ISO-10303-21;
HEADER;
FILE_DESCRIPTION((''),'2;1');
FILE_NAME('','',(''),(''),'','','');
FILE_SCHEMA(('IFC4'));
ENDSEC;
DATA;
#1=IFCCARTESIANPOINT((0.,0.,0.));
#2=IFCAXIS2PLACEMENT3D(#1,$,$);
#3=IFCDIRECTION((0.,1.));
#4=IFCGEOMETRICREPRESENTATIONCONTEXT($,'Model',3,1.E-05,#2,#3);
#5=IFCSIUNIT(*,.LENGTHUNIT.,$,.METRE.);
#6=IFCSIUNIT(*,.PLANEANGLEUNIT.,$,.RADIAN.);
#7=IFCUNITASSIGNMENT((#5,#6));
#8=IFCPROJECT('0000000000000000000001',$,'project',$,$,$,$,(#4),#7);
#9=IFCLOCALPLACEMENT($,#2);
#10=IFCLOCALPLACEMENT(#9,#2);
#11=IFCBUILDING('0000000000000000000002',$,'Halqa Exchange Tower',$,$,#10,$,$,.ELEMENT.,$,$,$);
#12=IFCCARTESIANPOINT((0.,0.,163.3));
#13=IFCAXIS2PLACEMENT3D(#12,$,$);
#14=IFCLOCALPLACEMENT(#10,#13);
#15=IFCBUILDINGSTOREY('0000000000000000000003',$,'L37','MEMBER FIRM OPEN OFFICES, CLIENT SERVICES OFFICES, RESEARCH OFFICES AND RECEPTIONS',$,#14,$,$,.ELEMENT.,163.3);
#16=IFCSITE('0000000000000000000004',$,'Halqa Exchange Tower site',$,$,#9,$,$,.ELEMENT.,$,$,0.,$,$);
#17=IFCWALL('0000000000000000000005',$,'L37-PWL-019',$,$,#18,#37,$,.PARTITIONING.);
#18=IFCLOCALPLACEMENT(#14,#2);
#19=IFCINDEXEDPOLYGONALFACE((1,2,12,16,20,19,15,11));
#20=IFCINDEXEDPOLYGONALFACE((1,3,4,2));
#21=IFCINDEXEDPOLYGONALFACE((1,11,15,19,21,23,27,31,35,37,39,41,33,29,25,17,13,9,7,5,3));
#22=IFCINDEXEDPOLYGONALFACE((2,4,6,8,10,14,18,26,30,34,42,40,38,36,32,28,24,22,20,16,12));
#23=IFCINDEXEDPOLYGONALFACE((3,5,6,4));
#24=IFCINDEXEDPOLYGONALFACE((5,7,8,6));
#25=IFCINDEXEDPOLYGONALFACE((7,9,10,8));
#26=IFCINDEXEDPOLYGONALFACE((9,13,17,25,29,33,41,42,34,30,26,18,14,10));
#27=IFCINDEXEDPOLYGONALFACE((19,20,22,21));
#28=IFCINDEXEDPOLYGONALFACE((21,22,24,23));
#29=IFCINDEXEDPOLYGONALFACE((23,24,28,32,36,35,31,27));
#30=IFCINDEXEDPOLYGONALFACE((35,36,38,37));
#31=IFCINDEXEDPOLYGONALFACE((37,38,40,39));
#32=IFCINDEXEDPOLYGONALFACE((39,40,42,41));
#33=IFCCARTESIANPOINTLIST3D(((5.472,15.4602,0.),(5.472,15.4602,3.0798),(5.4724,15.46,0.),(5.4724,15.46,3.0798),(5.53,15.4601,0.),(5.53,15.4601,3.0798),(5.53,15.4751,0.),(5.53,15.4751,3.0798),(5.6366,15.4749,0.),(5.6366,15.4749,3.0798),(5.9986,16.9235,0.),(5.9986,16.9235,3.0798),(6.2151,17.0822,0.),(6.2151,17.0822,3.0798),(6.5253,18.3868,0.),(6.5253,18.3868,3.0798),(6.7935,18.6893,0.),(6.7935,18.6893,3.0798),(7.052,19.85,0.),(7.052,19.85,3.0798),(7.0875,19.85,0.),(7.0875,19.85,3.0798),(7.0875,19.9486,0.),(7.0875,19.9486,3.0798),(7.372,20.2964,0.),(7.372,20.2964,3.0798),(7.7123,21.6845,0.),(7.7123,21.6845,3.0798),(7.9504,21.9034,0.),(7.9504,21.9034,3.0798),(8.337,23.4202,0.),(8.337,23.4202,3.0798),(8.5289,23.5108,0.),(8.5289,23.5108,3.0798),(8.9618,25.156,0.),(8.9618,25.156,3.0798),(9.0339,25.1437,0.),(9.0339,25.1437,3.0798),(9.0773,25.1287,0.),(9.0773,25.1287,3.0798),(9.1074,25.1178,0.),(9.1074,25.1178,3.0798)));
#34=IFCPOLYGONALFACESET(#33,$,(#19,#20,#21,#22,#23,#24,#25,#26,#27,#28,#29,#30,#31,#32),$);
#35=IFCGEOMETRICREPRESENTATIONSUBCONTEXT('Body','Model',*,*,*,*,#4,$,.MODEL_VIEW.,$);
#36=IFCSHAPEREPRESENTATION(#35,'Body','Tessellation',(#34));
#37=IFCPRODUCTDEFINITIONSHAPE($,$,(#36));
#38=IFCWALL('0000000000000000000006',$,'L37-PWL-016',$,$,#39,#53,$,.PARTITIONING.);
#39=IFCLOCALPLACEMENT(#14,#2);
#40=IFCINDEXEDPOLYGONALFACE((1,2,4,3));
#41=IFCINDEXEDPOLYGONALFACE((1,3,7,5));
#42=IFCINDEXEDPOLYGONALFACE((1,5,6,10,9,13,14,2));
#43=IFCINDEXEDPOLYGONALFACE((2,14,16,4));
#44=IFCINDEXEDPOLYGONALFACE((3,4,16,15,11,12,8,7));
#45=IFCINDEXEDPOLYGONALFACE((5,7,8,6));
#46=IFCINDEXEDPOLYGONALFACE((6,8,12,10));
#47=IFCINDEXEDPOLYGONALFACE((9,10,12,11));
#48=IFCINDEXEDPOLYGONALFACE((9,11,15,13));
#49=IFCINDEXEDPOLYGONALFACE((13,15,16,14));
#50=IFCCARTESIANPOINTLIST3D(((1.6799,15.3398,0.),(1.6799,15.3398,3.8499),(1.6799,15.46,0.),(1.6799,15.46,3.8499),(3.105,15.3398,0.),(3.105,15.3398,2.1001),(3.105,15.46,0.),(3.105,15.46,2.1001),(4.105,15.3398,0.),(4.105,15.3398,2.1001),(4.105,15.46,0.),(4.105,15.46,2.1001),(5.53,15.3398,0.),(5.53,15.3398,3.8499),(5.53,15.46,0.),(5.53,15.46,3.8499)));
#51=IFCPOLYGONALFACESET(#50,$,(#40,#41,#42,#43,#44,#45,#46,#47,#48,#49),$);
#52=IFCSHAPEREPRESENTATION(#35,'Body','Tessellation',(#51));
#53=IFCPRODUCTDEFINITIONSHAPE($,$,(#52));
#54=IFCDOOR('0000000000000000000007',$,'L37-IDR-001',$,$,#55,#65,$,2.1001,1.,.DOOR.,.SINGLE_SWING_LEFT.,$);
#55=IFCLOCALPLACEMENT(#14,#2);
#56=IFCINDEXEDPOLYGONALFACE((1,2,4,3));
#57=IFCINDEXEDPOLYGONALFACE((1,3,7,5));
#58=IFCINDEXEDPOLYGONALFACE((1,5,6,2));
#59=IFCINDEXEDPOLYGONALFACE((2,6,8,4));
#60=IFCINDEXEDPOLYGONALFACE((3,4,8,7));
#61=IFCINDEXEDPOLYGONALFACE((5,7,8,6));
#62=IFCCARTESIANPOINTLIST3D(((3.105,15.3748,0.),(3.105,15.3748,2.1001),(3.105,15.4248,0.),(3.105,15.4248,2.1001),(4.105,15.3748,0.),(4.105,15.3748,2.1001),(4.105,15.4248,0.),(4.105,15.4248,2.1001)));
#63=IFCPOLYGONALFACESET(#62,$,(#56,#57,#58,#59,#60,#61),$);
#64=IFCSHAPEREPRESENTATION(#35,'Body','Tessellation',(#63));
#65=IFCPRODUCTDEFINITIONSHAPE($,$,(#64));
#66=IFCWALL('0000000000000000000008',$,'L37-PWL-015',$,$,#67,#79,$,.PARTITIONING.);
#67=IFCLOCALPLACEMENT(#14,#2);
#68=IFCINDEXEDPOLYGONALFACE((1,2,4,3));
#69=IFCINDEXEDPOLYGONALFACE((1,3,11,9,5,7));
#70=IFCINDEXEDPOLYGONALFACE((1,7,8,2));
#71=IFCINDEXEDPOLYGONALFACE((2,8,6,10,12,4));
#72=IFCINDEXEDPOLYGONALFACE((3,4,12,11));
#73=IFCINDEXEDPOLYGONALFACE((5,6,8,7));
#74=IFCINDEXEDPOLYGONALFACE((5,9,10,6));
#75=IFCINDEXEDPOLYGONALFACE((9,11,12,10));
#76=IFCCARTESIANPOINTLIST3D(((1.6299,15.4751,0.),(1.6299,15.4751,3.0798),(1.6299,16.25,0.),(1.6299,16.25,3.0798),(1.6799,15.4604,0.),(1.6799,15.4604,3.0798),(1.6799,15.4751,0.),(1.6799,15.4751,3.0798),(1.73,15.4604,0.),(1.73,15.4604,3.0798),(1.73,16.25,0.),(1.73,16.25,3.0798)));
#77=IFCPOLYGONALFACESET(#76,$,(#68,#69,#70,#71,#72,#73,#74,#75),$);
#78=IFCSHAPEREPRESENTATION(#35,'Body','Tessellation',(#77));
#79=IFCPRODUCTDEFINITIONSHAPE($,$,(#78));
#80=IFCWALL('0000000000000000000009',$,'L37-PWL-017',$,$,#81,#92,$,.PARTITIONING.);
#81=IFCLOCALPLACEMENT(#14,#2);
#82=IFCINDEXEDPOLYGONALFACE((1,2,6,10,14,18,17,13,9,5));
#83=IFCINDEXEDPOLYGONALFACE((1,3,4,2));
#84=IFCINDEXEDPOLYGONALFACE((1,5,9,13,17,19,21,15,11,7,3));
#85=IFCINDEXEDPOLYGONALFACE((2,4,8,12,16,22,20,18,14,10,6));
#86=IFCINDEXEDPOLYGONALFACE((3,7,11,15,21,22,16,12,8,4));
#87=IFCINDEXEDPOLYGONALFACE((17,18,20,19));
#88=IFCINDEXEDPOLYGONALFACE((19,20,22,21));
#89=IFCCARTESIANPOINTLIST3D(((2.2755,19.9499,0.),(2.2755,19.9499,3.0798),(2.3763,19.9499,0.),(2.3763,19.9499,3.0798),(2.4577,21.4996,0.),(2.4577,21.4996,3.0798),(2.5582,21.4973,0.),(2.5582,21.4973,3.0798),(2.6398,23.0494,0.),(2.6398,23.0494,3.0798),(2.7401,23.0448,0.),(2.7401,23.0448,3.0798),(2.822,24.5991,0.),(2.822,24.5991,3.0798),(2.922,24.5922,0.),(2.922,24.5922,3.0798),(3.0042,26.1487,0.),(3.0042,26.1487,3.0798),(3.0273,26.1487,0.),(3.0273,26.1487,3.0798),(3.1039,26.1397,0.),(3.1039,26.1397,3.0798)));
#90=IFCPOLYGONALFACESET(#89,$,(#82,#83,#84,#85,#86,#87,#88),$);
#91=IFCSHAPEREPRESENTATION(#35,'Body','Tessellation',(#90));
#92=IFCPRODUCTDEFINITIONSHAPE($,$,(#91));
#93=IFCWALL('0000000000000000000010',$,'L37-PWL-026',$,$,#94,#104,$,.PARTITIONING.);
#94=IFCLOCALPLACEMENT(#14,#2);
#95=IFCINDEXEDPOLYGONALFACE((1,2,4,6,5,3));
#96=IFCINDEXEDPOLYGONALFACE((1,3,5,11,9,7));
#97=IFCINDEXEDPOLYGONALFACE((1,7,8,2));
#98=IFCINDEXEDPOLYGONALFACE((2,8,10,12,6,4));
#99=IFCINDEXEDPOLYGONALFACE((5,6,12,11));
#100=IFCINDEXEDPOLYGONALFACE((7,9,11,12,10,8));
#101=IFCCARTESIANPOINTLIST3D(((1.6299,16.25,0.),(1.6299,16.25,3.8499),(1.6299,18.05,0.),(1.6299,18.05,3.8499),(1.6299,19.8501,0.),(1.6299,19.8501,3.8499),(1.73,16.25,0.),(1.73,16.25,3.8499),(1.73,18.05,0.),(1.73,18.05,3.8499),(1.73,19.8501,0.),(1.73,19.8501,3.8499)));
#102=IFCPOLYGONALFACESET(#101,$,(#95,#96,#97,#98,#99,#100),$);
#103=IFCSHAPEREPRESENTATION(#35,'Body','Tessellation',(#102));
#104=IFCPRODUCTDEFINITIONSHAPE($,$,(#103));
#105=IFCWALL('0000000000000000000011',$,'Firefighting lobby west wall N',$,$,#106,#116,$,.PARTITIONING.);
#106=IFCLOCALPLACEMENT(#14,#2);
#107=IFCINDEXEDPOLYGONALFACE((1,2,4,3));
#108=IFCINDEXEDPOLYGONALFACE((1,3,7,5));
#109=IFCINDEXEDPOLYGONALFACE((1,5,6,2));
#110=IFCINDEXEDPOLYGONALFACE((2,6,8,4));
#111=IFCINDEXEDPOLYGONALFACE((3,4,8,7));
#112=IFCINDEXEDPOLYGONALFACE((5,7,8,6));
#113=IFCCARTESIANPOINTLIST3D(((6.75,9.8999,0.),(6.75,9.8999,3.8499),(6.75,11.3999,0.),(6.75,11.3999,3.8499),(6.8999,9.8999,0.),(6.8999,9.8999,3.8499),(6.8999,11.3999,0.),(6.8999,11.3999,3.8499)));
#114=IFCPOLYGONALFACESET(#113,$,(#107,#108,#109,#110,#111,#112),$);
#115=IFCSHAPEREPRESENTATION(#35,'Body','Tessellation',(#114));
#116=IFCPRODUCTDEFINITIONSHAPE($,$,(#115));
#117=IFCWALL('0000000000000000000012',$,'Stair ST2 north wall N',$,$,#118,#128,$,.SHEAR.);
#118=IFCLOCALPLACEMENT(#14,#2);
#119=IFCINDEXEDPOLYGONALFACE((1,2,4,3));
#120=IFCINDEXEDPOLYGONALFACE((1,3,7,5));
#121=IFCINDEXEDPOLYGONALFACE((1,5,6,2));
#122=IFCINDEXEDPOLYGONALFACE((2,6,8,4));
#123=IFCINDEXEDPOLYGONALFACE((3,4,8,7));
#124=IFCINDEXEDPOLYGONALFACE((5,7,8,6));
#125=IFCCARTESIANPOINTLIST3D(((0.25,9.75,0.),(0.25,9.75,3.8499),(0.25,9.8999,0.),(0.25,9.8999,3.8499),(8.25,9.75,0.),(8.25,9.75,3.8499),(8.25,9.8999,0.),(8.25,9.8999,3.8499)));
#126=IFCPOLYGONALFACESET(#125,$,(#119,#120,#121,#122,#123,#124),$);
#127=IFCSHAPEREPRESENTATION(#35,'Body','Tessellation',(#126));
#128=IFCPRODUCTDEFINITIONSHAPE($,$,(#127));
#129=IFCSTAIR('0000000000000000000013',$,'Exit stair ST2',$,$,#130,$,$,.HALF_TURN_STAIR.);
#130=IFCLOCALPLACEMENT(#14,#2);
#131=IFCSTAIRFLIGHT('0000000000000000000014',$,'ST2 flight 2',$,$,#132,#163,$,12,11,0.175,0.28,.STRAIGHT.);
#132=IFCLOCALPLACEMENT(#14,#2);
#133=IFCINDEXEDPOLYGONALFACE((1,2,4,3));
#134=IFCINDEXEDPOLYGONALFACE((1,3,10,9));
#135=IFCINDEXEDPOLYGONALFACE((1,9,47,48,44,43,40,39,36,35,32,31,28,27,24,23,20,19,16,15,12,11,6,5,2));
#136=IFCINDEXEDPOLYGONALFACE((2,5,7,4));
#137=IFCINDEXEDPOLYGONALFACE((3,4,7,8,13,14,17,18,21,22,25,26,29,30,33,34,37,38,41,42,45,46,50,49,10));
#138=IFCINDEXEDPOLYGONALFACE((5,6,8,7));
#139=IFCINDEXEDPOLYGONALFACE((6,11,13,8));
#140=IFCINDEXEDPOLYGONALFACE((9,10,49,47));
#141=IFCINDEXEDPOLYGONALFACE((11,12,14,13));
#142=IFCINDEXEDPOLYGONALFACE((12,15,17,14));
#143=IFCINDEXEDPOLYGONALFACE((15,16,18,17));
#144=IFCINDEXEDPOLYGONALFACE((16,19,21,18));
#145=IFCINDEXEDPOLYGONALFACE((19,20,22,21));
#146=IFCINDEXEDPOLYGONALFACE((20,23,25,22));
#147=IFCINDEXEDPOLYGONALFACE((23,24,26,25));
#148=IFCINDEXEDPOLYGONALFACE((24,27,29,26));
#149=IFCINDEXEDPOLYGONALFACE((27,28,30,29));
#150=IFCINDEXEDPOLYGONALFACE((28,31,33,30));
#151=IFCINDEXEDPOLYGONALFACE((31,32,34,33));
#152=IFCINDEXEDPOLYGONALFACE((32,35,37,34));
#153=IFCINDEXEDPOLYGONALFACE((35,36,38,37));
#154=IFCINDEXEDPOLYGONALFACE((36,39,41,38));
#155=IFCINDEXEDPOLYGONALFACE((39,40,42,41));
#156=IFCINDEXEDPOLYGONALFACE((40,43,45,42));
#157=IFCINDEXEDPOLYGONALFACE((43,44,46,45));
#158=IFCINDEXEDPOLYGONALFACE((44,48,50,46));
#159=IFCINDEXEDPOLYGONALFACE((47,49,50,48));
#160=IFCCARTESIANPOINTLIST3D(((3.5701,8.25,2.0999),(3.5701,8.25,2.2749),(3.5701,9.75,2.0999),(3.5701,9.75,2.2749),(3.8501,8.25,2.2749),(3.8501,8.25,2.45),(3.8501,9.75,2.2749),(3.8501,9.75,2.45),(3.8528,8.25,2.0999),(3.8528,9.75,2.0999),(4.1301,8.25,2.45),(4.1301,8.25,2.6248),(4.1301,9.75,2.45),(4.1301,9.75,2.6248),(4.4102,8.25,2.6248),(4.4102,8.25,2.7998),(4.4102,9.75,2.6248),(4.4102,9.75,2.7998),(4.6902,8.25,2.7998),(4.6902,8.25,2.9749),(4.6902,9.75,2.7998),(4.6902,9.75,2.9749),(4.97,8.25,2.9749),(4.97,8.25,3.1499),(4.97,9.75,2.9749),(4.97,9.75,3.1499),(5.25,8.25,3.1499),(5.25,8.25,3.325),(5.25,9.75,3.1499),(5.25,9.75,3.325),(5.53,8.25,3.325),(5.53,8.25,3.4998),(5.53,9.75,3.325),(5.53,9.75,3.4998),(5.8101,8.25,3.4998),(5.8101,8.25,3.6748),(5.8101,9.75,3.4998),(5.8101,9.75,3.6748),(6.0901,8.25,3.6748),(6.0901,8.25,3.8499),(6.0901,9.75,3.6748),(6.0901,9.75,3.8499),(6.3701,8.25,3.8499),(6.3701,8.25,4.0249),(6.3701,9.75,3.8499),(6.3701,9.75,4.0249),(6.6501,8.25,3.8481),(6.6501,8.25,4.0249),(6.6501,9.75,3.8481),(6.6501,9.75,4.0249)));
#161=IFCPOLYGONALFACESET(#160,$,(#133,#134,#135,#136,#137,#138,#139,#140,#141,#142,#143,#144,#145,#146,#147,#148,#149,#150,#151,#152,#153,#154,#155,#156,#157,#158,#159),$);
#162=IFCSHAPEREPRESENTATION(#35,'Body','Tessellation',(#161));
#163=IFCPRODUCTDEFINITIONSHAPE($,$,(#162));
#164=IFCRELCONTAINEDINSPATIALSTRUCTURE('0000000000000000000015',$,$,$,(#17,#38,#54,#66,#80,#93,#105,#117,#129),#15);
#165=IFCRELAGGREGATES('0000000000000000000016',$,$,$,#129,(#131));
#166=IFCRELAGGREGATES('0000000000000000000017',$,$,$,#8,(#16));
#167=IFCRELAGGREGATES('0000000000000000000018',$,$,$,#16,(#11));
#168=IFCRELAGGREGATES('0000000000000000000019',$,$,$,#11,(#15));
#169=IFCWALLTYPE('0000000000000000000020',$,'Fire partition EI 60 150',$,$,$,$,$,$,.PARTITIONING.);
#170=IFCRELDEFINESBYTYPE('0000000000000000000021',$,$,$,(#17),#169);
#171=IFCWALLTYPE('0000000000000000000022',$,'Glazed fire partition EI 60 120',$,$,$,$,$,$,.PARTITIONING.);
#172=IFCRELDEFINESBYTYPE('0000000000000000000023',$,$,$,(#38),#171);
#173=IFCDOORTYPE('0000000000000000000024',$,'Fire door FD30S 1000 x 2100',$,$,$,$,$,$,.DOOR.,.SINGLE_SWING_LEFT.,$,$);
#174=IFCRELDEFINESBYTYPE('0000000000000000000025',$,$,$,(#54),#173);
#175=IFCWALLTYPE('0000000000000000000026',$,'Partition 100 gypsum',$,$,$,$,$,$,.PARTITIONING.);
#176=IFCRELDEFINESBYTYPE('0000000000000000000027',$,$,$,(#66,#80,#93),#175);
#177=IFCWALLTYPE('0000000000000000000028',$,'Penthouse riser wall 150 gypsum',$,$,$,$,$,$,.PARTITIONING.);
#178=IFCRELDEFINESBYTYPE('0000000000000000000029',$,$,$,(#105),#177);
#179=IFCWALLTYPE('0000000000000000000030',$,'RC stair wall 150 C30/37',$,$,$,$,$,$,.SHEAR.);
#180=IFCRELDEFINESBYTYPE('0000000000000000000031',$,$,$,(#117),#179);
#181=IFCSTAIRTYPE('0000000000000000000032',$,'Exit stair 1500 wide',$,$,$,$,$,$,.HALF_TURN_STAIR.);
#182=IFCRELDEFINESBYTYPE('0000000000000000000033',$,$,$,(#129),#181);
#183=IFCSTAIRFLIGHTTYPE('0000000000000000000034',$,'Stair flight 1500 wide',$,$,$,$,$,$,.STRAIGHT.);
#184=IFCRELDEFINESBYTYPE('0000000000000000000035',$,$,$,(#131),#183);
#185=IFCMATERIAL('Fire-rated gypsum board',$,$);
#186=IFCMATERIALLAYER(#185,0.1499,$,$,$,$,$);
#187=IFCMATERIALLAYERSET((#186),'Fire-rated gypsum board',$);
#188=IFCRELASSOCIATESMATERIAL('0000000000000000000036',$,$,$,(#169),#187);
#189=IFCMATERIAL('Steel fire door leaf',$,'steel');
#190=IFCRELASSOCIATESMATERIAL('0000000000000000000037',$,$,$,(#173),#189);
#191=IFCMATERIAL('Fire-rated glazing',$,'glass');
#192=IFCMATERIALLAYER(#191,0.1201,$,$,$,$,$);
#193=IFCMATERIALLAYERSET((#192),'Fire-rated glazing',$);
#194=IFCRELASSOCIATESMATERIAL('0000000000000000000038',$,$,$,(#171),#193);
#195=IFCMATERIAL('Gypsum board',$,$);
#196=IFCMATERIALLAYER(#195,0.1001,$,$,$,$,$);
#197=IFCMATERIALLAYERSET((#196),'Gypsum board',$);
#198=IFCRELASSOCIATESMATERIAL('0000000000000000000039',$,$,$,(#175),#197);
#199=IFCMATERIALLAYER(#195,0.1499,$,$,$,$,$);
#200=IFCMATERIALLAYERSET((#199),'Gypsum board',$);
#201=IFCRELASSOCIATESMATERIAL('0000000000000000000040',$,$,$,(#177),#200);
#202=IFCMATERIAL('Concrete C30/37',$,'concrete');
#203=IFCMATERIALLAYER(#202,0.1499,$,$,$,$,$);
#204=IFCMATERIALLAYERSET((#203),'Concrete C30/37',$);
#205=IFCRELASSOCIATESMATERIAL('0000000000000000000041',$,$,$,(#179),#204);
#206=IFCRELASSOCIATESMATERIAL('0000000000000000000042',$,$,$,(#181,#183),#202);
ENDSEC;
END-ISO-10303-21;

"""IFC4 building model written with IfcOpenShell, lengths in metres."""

from ifc_helpers import new_model, si_unit, direction, frame, frame_2d, origin, place, context, subcontext, project, spatial, polyline, rectangle, outline, extrude, material, layer, layer_set, type_object, element, fill, aggregate, save


model = new_model("IFC4")

# Units and contexts
model_context = context("Model", 3, precision=1e-05, world=origin(), true_north=direction((0.0, 1.0)))
body_context = subcontext(model_context, "Body", "Model", "MODEL_VIEW")
ifc_project = project(units=[si_unit("LENGTHUNIT", "METRE"), si_unit("PLANEANGLEUNIT", "RADIAN")], contexts=[model_context])

# Site, building, storey
site_placement = place(None, origin())
site = spatial("IfcSite", under=ifc_project, at=site_placement, Name="Halqa Exchange Tower site", CompositionType="ELEMENT", RefElevation=0.0)
building_placement = place(site_placement, origin())
building = spatial("IfcBuilding", under=site, at=building_placement, Name="Halqa Exchange Tower", CompositionType="ELEMENT")
storey_placement = place(building_placement, frame((0.0, 0.0, 163.3)))
storey = spatial("IfcBuildingStorey", under=building, at=storey_placement, Name="L37", Description="MEMBER FIRM OPEN OFFICES, CLIENT SERVICES OFFICES, RESEARCH OFFICES AND RECEPTIONS", CompositionType="ELEMENT", Elevation=163.3)

# Wall
ifc_material_1 = material(Name="Fire-rated gypsum board")
ifc_layer_1 = layer(ifc_material_1, 0.1499)
ifc_layer_set_1 = layer_set([ifc_layer_1], Name="Fire-rated gypsum board")
wall_type_1 = type_object("IfcWallType", Name="Fire partition EI 60 150", PredefinedType="PARTITIONING", material=ifc_layer_set_1)
wall_1_placement = place(storey_placement, frame((5.5425, 15.4348, 0.0), z_axis=(0.0, 0.0, 1.0), x_axis=(0.338662, 0.940908, 0.0)))
element("IfcWall", 1, at=wall_1_placement, inside=storey, type_object=wall_type_1, Name="L37-PWL-019", PredefinedType="PARTITIONING", context=body_context, shape_type="SweptSolid", body=[
    extrude(outline(polyline([(10.3181, -0.075), (10.3181, -0.043), (10.3176, 0.0029), (10.3047, 0.075), (8.46, 0.075), (6.6152, 0.075), (4.7703, 0.075), (4.6775, 0.0415), (4.6655, 0.075), (3.1104, 0.075), (1.5552, 0.075), (0.0, 0.075), (0.0, 0.0745), (0.0195, 0.0203), (0.0337, 0.0254), (0.0696, -0.075), (1.7778, -0.075), (3.4858, -0.075), (5.1938, -0.075), (6.9019, -0.075), (8.6101, -0.075), (10.3181, -0.075)])), origin(), (0.0, 0.0, 1.0), 3.0798),
])

# Wall, opening, door
ifc_material_2 = material(Name="Steel fire door leaf", Category="steel")
door_type_1 = type_object("IfcDoorType", Name="Fire door FD30S 1000 x 2100", OperationType="SINGLE_SWING_LEFT", PredefinedType="DOOR", material=ifc_material_2)
ifc_material_3 = material(Name="Fire-rated glazing", Category="glass")
ifc_layer_2 = layer(ifc_material_3, 0.1201)
ifc_layer_set_2 = layer_set([ifc_layer_2], Name="Fire-rated glazing")
wall_type_2 = type_object("IfcWallType", Name="Glazed fire partition EI 60 120", PredefinedType="PARTITIONING", material=ifc_layer_set_2)
wall_2_placement = place(storey_placement, frame((1.6799, 15.3999, 0.0), z_axis=(0.0, 0.0, 1.0), x_axis=(1.0, 0.0, 0.0)))
wall_2 = element("IfcWall", 2, at=wall_2_placement, inside=storey, type_object=wall_type_2, Name="L37-PWL-016", PredefinedType="PARTITIONING", context=body_context, shape_type="SweptSolid", body=[
    extrude(rectangle(XDim=3.8501, YDim=0.1201, at=frame_2d((1.925, 0.0))), origin(), (0.0, 0.0, 1.0), 3.8499),
])
opening_1_placement = place(wall_2_placement, frame((1.425, 0.0, 0.0)))
opening_1 = element("IfcOpeningElement", 3, at=opening_1_placement, cuts=wall_2, PredefinedType="OPENING", context=body_context, shape_type="SweptSolid", body=[
    extrude(rectangle(XDim=1.0, YDim=2.1001, at=frame_2d((0.5, 1.05))), frame((0.0, 0.072, 0.0), z_axis=(0.0, -1.0, 0.0), x_axis=(1.0, 0.0, 0.0)), (0.0, 0.0, 1.0), 0.144),
])
door_1_placement = place(opening_1_placement, origin())
door_1 = element("IfcDoor", 4, at=door_1_placement, inside=storey, type_object=door_type_1, Name="L37-IDR-001", OperationType="SINGLE_SWING_LEFT", OverallHeight=2.1001, OverallWidth=1.0, PredefinedType="DOOR", context=body_context, shape_type="SweptSolid", body=[
    extrude(rectangle(XDim=1.0, YDim=2.1001, at=frame_2d((0.5, 1.05))), frame((0.0, 0.0249, 0.0), z_axis=(0.0, -1.0, 0.0), x_axis=(1.0, 0.0, 0.0)), (0.0, 0.0, 1.0), 0.05),
])
fill(opening_1, door_1)

# Walls
ifc_material_4 = material(Name="Gypsum board")
ifc_layer_3 = layer(ifc_material_4, 0.1001)
ifc_layer_set_3 = layer_set([ifc_layer_3], Name="Gypsum board")
wall_type_3 = type_object("IfcWallType", Name="Partition 100 gypsum", PredefinedType="PARTITIONING", material=ifc_layer_set_3)
wall_3_placement = place(storey_placement, frame((1.6799, 15.4604, 0.0), z_axis=(0.0, 0.0, 1.0), x_axis=(0.0, 1.0, 0.0)))
element("IfcWall", 5, at=wall_3_placement, inside=storey, type_object=wall_type_3, Name="L37-PWL-015", PredefinedType="PARTITIONING", context=body_context, shape_type="SweptSolid", body=[
    extrude(outline(polyline([(0.7896, 0.05), (0.0146, 0.05), (0.0146, 0.0), (0.0, 0.0), (0.0, -0.05), (0.7896, -0.05), (0.7896, 0.05)])), origin(), (0.0, 0.0, 1.0), 3.0798),
])
wall_4_placement = place(storey_placement, frame((2.3252, 19.9441, 0.0), z_axis=(0.0, 0.0, 1.0), x_axis=(0.116751, 0.993161, 0.0)))
element("IfcWall", 6, at=wall_4_placement, inside=storey, type_object=wall_type_3, Name="L37-PWL-017", PredefinedType="PARTITIONING", context=body_context, shape_type="SweptSolid", body=[
    extrude(outline(polyline([(6.2441, -0.05), (6.2441, 0.0271), (6.2415, 0.05), (4.6812, 0.05), (3.1208, 0.05), (1.5603, 0.05), (0.0, 0.05), (0.0117, -0.05), (1.5698, -0.05), (3.1279, -0.05), (4.686, -0.05), (6.2441, -0.05)])), origin(), (0.0, 0.0, 1.0), 3.0798),
])
wall_5_placement = place(storey_placement, frame((1.6799, 16.25, 0.0), z_axis=(0.0, 0.0, 1.0), x_axis=(0.0, 1.0, 0.0)))
element("IfcWall", 7, at=wall_5_placement, inside=storey, type_object=wall_type_3, Name="L37-PWL-026", PredefinedType="PARTITIONING", context=body_context, shape_type="SweptSolid", body=[
    extrude(outline(polyline([(0.0, -0.05), (1.8, -0.05), (3.6001, -0.05), (3.6001, 0.05), (1.8, 0.05), (0.0, 0.05), (0.0, -0.05)])), origin(), (0.0, 0.0, 1.0), 3.8499),
])
ifc_layer_4 = layer(ifc_material_4, 0.1499)
ifc_layer_set_4 = layer_set([ifc_layer_4], Name="Gypsum board")
wall_type_4 = type_object("IfcWallType", Name="Penthouse riser wall 150 gypsum", PredefinedType="PARTITIONING", material=ifc_layer_set_4)
wall_6_placement = place(storey_placement, frame((6.825, 9.8999, 0.0), z_axis=(0.0, 0.0, 1.0), x_axis=(0.0, 1.0, 0.0)))
element("IfcWall", 8, at=wall_6_placement, inside=storey, type_object=wall_type_4, Name="Firefighting lobby west wall N", PredefinedType="PARTITIONING", context=body_context, shape_type="SweptSolid", body=[
    extrude(rectangle(XDim=1.5, YDim=0.1499, at=frame_2d((0.75, 0.0))), origin(), (0.0, 0.0, 1.0), 3.8499),
])
ifc_material_5 = material(Name="Concrete C30/37", Category="concrete")
ifc_layer_5 = layer(ifc_material_5, 0.1499)
ifc_layer_set_5 = layer_set([ifc_layer_5], Name="Concrete C30/37")
wall_type_5 = type_object("IfcWallType", Name="RC stair wall 150 C30/37", PredefinedType="SHEAR", material=ifc_layer_set_5)
wall_7_placement = place(storey_placement, frame((0.25, 9.825, 0.0), z_axis=(0.0, 0.0, 1.0), x_axis=(1.0, 0.0, 0.0)))
element("IfcWall", 9, at=wall_7_placement, inside=storey, type_object=wall_type_5, Name="Stair ST2 north wall N", PredefinedType="SHEAR", context=body_context, shape_type="SweptSolid", body=[
    extrude(rectangle(XDim=8.0, YDim=0.1499, at=frame_2d((4.0, 0.0))), origin(), (0.0, 0.0, 1.0), 3.8499),
])

# Stair, stair flight
stair_type = type_object("IfcStairType", Name="Exit stair 1500 wide", PredefinedType="HALF_TURN_STAIR", material=ifc_material_5)
stair_placement = place(storey_placement, origin())
stair = element("IfcStair", 10, at=stair_placement, inside=storey, type_object=stair_type, Name="Exit stair ST2", PredefinedType="HALF_TURN_STAIR")
stair_flight_type = type_object("IfcStairFlightType", Name="Stair flight 1500 wide", PredefinedType="STRAIGHT", material=ifc_material_5)
stair_flight_placement = place(storey_placement, frame((3.5701, 9.0, 2.0999), z_axis=(0.0, 0.0, 1.0), x_axis=(1.0, 0.0, 0.0)))
stair_flight = element("IfcStairFlight", 11, at=stair_flight_placement, type_object=stair_flight_type, Name="ST2 flight 2", NumberOfRisers=12, NumberOfTreads=11, PredefinedType="STRAIGHT", RiserHeight=0.175, TreadLength=0.28, context=body_context, shape_type="SweptSolid", body=[
    extrude(outline(polyline([(0.0, 0.0), (0.0, 0.175), (0.28, 0.175), (0.28, 0.3501), (0.5601, 0.3501), (0.5601, 0.5249), (0.8401, 0.5249), (0.8401, 0.7), (1.1201, 0.7), (1.1201, 0.875), (1.3999, 0.875), (1.3999, 1.05), (1.6799, 1.05), (1.6799, 1.2251), (1.96, 1.2251), (1.96, 1.3999), (2.24, 1.3999), (2.24, 1.575), (2.52, 1.575), (2.52, 1.75), (2.8, 1.75), (2.8, 1.925), (3.0801, 1.925), (3.0801, 2.1001), (3.0801, 1.7483), (0.2827, 0.0), (0.0, 0.0)])), frame((0.0, 0.75, 0.0), z_axis=(0.0, -1.0, 0.0), x_axis=(1.0, 0.0, 0.0)), (0.0, 0.0, 1.0), 1.5),
])
aggregate(stair, [stair_flight])

save(model, "model.ifc")
